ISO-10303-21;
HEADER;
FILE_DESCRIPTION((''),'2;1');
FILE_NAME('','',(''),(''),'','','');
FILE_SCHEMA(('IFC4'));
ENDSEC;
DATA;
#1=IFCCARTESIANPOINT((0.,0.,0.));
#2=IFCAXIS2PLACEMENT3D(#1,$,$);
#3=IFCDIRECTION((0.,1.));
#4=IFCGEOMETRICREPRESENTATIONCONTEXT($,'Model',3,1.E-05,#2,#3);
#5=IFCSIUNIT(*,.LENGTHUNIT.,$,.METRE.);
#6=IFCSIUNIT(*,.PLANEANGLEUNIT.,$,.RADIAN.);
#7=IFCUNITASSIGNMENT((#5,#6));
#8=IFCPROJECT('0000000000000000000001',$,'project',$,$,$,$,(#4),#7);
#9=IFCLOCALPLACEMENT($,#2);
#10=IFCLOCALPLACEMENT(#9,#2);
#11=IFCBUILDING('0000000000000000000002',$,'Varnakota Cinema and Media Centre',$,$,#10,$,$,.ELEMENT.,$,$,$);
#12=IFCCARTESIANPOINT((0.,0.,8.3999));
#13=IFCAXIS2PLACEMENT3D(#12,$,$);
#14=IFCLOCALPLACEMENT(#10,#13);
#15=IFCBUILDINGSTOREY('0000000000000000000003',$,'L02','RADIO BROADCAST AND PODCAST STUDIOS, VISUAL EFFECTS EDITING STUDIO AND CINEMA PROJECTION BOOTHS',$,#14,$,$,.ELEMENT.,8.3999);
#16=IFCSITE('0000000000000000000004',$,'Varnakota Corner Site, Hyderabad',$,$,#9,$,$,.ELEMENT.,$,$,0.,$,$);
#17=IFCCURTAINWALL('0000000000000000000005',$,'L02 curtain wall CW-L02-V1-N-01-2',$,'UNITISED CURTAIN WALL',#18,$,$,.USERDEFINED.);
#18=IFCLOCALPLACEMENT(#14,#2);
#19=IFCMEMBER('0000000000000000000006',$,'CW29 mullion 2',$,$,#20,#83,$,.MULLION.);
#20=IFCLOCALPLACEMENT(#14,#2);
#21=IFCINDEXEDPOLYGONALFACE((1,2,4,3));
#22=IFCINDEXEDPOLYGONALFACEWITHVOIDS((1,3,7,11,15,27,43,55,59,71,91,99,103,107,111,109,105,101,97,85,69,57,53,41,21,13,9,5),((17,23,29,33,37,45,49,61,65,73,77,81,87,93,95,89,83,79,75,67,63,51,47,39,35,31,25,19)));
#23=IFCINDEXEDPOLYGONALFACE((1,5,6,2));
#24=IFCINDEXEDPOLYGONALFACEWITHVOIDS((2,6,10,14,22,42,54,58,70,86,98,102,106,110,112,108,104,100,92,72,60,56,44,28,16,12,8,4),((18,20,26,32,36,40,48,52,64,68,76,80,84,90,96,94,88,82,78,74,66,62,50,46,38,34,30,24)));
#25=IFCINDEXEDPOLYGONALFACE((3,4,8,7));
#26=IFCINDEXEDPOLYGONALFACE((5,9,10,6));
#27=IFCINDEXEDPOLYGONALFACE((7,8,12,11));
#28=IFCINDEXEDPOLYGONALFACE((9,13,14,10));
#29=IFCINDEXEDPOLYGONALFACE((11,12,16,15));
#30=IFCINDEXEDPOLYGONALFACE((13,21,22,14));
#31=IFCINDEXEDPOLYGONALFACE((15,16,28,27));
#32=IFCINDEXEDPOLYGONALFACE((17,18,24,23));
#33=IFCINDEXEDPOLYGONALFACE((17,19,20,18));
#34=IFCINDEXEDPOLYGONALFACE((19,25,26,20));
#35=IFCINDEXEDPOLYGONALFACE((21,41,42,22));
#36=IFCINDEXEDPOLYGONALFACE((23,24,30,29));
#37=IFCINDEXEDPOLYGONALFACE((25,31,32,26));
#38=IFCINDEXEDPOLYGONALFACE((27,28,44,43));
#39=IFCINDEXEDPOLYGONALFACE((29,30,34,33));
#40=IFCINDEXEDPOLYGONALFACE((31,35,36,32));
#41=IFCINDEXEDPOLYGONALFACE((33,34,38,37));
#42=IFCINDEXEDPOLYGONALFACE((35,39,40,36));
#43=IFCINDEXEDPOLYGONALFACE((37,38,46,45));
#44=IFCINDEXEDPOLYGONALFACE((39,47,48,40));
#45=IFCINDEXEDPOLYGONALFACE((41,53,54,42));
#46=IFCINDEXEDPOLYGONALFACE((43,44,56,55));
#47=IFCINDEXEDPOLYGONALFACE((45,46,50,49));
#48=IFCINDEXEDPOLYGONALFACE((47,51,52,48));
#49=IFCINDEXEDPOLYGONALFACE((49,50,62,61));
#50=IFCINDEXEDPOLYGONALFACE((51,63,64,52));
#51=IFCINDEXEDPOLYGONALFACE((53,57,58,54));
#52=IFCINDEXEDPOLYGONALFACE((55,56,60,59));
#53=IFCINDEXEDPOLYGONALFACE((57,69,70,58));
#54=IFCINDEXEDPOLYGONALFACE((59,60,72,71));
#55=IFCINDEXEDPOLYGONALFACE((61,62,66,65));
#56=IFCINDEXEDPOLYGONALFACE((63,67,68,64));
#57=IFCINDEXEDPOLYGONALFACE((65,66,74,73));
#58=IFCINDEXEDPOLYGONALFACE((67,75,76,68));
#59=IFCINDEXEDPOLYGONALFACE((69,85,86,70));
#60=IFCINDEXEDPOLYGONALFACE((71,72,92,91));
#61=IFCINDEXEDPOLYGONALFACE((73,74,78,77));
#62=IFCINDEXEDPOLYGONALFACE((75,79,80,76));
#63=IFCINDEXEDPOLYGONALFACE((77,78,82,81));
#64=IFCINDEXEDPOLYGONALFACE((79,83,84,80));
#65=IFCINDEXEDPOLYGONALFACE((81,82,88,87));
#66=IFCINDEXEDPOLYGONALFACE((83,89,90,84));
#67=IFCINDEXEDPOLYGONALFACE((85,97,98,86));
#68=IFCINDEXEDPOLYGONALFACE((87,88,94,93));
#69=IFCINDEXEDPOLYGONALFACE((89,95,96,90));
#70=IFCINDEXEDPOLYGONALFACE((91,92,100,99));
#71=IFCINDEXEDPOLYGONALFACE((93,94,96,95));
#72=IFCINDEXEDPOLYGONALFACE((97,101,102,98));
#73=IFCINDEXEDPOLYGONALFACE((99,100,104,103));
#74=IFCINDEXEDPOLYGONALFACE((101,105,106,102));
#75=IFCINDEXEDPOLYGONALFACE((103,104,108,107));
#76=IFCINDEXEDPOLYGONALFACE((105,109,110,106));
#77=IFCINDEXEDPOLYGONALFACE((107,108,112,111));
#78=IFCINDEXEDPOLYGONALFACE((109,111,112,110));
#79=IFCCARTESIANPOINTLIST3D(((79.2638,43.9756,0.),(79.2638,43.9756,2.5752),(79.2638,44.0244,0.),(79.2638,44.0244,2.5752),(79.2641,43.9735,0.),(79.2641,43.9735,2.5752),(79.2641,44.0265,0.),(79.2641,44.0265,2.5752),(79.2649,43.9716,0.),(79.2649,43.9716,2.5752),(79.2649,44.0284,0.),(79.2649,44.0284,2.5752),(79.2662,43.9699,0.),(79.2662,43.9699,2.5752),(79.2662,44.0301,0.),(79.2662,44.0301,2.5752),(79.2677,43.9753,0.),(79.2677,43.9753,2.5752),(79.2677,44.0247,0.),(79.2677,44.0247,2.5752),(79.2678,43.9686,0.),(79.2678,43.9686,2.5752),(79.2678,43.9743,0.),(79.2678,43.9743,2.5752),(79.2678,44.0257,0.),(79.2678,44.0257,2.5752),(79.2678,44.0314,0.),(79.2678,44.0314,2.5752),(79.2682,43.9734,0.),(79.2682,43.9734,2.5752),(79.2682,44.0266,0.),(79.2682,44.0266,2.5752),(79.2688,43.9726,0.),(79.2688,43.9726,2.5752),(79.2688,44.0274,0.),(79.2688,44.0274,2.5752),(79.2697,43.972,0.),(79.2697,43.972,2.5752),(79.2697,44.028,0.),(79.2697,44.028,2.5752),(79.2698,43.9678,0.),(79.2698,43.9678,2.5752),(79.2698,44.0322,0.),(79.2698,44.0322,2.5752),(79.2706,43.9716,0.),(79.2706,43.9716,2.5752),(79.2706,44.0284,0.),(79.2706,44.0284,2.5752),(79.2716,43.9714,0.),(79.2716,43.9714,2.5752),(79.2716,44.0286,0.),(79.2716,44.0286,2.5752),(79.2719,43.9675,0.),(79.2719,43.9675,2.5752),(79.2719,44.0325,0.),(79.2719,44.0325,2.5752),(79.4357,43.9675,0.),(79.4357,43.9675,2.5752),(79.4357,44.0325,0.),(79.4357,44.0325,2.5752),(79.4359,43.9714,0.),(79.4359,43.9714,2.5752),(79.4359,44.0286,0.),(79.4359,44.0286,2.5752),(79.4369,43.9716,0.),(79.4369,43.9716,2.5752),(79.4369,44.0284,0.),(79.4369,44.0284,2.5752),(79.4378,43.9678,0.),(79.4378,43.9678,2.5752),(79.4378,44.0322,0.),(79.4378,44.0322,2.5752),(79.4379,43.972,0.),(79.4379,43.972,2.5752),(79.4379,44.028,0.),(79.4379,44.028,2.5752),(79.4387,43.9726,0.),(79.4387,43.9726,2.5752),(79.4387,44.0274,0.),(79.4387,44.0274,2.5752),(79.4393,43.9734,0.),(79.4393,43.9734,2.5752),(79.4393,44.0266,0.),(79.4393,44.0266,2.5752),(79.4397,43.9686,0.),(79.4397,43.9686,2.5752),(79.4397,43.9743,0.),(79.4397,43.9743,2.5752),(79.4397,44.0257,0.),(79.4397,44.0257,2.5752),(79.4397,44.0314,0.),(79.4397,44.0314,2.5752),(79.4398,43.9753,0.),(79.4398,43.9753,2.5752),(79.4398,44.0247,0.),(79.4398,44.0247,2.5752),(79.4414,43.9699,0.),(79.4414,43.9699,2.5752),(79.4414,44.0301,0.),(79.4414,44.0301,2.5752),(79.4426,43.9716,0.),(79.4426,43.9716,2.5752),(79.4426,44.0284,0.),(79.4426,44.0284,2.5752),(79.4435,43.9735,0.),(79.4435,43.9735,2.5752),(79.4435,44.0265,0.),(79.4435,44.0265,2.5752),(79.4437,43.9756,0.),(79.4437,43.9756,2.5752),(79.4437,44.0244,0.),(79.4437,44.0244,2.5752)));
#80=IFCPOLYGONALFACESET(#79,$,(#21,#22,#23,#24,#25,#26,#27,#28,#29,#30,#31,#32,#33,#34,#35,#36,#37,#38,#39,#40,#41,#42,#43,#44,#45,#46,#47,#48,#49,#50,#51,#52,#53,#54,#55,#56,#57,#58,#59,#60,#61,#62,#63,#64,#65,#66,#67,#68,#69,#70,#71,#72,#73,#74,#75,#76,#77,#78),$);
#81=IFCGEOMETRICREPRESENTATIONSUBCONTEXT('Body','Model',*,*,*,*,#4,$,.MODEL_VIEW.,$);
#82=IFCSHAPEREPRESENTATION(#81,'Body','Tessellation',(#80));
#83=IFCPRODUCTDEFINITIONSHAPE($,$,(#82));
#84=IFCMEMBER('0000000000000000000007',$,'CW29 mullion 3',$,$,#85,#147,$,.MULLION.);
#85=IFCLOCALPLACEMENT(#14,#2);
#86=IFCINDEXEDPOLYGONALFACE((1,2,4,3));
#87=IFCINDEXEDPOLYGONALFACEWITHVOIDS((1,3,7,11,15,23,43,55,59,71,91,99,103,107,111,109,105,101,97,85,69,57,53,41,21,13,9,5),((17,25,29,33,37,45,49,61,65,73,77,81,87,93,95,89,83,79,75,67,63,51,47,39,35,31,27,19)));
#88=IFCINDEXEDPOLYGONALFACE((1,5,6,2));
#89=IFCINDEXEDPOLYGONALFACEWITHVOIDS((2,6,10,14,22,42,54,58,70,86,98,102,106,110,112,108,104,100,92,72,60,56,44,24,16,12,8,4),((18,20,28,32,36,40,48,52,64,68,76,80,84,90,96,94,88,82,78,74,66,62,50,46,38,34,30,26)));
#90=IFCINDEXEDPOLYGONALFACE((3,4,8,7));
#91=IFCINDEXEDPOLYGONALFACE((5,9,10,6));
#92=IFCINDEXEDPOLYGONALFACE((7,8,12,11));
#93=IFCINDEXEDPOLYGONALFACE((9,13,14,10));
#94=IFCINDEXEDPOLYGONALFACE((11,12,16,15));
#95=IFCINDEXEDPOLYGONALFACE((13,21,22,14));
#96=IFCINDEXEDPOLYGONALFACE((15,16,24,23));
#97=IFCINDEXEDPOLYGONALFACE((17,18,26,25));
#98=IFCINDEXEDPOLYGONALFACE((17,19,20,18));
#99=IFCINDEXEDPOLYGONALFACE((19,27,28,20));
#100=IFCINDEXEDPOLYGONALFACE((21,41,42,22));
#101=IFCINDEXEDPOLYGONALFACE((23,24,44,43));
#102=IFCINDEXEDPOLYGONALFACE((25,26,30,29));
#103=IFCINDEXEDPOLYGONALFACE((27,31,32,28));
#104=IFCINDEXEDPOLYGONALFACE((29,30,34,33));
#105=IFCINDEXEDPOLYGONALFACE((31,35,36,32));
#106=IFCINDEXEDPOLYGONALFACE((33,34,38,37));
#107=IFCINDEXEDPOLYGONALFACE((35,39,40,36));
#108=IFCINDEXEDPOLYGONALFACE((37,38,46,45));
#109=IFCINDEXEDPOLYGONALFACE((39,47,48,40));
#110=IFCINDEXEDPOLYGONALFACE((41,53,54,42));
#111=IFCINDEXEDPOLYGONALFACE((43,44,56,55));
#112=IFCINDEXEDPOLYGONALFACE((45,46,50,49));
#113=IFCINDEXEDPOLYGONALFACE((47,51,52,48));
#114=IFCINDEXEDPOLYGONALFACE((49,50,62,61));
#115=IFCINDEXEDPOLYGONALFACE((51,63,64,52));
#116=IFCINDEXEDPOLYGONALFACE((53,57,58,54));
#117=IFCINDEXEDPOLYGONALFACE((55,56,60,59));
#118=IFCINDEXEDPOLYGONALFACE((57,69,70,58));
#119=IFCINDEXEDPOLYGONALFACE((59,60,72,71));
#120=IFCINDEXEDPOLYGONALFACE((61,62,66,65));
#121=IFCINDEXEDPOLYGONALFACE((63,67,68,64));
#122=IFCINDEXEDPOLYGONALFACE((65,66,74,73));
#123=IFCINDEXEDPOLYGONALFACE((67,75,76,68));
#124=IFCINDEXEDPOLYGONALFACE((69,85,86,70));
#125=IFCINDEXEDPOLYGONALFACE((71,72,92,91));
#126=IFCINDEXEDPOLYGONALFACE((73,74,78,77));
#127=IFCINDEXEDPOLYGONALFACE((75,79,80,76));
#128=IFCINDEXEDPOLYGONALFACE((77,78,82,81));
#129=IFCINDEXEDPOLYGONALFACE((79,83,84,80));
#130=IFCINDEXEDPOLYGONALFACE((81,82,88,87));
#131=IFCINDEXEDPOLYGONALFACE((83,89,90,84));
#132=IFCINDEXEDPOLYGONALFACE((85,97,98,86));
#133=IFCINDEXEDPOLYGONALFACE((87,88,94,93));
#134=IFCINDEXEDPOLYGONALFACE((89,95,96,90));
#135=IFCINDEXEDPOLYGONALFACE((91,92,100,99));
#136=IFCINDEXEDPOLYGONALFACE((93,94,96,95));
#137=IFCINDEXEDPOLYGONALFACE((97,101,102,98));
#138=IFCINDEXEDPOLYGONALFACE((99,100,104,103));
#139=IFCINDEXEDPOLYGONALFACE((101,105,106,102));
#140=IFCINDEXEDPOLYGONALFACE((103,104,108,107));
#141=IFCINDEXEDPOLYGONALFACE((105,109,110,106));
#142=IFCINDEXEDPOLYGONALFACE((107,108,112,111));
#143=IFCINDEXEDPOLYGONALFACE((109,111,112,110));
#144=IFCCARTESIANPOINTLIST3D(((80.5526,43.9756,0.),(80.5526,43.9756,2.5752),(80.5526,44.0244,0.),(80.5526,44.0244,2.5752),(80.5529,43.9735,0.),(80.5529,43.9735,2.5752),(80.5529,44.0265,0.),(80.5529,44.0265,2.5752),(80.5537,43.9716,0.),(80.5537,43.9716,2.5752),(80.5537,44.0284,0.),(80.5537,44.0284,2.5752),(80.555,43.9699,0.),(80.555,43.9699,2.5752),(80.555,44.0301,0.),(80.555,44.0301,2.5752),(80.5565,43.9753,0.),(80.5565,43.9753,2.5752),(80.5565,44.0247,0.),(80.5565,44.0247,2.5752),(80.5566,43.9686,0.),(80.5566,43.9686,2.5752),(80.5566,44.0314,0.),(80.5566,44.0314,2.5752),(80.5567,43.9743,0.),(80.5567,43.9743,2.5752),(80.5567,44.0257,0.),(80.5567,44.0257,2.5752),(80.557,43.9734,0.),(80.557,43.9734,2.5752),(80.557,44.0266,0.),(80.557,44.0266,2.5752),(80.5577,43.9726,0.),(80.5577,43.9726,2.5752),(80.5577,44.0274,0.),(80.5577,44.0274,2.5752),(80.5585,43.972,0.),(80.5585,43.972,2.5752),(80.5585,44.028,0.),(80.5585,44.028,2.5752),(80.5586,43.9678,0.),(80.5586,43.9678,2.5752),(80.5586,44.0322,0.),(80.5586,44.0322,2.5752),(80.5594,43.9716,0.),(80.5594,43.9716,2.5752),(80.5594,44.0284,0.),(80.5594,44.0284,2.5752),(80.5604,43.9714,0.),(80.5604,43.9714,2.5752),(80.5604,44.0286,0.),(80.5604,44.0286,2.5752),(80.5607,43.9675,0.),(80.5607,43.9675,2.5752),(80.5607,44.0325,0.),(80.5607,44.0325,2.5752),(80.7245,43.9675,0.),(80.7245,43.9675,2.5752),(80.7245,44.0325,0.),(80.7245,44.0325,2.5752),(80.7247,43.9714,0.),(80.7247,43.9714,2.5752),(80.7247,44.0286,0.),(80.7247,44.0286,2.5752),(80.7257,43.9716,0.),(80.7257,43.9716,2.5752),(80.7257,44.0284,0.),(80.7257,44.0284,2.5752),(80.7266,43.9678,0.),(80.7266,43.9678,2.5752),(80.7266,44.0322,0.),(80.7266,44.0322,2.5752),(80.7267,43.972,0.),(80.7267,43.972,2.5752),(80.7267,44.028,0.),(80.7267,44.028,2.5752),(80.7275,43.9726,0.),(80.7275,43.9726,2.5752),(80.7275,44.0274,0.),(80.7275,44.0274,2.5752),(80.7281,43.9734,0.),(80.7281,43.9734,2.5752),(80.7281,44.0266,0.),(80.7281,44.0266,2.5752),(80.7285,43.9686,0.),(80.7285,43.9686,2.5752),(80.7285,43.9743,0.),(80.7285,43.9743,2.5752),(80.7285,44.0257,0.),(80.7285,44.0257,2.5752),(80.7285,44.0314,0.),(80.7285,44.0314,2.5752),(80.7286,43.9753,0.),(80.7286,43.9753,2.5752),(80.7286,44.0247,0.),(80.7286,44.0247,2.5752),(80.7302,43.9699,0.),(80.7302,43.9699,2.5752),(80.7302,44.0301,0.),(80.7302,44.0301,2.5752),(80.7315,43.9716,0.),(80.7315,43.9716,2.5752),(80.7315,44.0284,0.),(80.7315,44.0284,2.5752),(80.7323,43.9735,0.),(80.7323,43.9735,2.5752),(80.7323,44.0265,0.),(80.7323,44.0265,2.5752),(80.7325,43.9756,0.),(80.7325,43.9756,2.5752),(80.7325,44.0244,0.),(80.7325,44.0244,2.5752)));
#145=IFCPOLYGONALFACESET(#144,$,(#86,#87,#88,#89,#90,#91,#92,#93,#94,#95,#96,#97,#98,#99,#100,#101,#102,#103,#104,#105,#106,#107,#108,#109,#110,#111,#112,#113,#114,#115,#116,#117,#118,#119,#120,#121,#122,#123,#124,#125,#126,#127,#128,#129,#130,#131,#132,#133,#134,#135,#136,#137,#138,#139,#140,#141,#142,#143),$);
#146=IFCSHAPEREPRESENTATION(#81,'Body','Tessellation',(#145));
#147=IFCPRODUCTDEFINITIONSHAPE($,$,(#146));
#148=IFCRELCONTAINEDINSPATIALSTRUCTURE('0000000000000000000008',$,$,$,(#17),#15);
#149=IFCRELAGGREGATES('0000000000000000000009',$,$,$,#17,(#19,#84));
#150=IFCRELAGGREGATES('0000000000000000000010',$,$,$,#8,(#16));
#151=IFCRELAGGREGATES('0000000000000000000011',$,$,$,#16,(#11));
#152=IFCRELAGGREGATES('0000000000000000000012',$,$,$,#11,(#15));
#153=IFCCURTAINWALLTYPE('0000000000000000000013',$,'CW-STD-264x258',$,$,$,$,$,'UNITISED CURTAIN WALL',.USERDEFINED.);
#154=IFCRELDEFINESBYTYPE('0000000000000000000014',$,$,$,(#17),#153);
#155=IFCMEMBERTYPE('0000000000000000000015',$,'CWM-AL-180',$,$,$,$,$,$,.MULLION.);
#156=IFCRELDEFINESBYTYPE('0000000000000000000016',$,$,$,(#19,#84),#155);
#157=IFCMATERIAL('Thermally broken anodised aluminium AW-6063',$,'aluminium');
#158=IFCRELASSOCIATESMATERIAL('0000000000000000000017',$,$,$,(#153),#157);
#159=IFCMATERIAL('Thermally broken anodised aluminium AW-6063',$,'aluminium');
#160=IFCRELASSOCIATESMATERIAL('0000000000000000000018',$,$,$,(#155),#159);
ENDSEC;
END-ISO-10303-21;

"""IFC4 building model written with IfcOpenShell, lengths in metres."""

from ifc_helpers import new_model, si_unit, direction, frame, origin, origin_2d, place, context, subcontext, project, spatial, hollow_rectangle, extrude, material, material_profile, profile_set, type_object, element, aggregate, save


model = new_model("IFC4")

# Units and contexts
model_context = context("Model", 3, precision=1e-05, world=origin(), true_north=direction((0.0, 1.0)))
body_context = subcontext(model_context, "Body", "Model", "MODEL_VIEW")
ifc_project = project(units=[si_unit("LENGTHUNIT", "METRE"), si_unit("PLANEANGLEUNIT", "RADIAN")], contexts=[model_context])

# Site, building, storey
site_placement = place(None, origin())
site = spatial("IfcSite", under=ifc_project, at=site_placement, Name="Varnakota Corner Site, Hyderabad", CompositionType="ELEMENT", RefElevation=0.0)
building_placement = place(site_placement, origin())
building = spatial("IfcBuilding", under=site, at=building_placement, Name="Varnakota Cinema and Media Centre", CompositionType="ELEMENT")
storey_placement = place(building_placement, frame((0.0, 0.0, 8.3999)))
storey = spatial("IfcBuildingStorey", under=building, at=storey_placement, Name="L02", Description="RADIO BROADCAST AND PODCAST STUDIOS, VISUAL EFFECTS EDITING STUDIO AND CINEMA PROJECTION BOOTHS", CompositionType="ELEMENT", Elevation=8.3999)

# Shared definitions
ifc_material_1 = material(Name="Thermally broken anodised aluminium AW-6063", Category="aluminium")
curtain_wall_type = type_object("IfcCurtainWallType", Name="CW-STD-264x258", ElementType="UNITISED CURTAIN WALL", PredefinedType="USERDEFINED", material=ifc_material_1)
ifc_material_2 = material(Name="Thermally broken anodised aluminium AW-6063", Category="aluminium")
ifc_material_profile_1 = material_profile(ifc_material_2, hollow_rectangle(XDim=0.0649, YDim=0.1799, WallThickness=0.0039, InnerFilletRadius=0.0039, OuterFilletRadius=0.0081, at=origin_2d()), Name="AL-MULLION 180x65x4")
ifc_profile_set_1 = profile_set([ifc_material_profile_1], Name="Thermally broken anodised aluminium AW-6063")
member_type_1 = type_object("IfcMemberType", Name="CWM-AL-180", PredefinedType="MULLION", material=ifc_profile_set_1)

# Curtain wall, members
curtain_wall_1_placement = place(storey_placement, origin())
curtain_wall_1 = element("IfcCurtainWall", 1, at=curtain_wall_1_placement, inside=storey, type_object=curtain_wall_type, Name="L02 curtain wall CW-L02-V1-N-01-2", ObjectType="UNITISED CURTAIN WALL", PredefinedType="USERDEFINED")
member_1_placement = place(storey_placement, frame((79.3538, 44.0, 0.0), z_axis=(0.0, 0.0, 1.0), x_axis=(0.0, 1.0, 0.0)))
member_1 = element("IfcMember", 2, at=member_1_placement, type_object=member_type_1, Name="CW29 mullion 2", PredefinedType="MULLION", context=body_context, shape_type="SweptSolid", body=[
    extrude(hollow_rectangle(XDim=0.0649, YDim=0.1799, WallThickness=0.0039, InnerFilletRadius=0.0039, OuterFilletRadius=0.0081, at=origin_2d()), origin(), (0.0, 0.0, 1.0), 2.5752),
])
member_2_placement = place(storey_placement, frame((80.6426, 44.0, 0.0), z_axis=(0.0, 0.0, 1.0), x_axis=(0.0, 1.0, 0.0)))
member_2 = element("IfcMember", 3, at=member_2_placement, type_object=member_type_1, Name="CW29 mullion 3", PredefinedType="MULLION", context=body_context, shape_type="SweptSolid", body=[
    extrude(hollow_rectangle(XDim=0.0649, YDim=0.1799, WallThickness=0.0039, InnerFilletRadius=0.0039, OuterFilletRadius=0.0081, at=origin_2d()), origin(), (0.0, 0.0, 1.0), 2.5752),
])

aggregate(curtain_wall_1, [member_1, member_2])

save(model, "model.ifc")
